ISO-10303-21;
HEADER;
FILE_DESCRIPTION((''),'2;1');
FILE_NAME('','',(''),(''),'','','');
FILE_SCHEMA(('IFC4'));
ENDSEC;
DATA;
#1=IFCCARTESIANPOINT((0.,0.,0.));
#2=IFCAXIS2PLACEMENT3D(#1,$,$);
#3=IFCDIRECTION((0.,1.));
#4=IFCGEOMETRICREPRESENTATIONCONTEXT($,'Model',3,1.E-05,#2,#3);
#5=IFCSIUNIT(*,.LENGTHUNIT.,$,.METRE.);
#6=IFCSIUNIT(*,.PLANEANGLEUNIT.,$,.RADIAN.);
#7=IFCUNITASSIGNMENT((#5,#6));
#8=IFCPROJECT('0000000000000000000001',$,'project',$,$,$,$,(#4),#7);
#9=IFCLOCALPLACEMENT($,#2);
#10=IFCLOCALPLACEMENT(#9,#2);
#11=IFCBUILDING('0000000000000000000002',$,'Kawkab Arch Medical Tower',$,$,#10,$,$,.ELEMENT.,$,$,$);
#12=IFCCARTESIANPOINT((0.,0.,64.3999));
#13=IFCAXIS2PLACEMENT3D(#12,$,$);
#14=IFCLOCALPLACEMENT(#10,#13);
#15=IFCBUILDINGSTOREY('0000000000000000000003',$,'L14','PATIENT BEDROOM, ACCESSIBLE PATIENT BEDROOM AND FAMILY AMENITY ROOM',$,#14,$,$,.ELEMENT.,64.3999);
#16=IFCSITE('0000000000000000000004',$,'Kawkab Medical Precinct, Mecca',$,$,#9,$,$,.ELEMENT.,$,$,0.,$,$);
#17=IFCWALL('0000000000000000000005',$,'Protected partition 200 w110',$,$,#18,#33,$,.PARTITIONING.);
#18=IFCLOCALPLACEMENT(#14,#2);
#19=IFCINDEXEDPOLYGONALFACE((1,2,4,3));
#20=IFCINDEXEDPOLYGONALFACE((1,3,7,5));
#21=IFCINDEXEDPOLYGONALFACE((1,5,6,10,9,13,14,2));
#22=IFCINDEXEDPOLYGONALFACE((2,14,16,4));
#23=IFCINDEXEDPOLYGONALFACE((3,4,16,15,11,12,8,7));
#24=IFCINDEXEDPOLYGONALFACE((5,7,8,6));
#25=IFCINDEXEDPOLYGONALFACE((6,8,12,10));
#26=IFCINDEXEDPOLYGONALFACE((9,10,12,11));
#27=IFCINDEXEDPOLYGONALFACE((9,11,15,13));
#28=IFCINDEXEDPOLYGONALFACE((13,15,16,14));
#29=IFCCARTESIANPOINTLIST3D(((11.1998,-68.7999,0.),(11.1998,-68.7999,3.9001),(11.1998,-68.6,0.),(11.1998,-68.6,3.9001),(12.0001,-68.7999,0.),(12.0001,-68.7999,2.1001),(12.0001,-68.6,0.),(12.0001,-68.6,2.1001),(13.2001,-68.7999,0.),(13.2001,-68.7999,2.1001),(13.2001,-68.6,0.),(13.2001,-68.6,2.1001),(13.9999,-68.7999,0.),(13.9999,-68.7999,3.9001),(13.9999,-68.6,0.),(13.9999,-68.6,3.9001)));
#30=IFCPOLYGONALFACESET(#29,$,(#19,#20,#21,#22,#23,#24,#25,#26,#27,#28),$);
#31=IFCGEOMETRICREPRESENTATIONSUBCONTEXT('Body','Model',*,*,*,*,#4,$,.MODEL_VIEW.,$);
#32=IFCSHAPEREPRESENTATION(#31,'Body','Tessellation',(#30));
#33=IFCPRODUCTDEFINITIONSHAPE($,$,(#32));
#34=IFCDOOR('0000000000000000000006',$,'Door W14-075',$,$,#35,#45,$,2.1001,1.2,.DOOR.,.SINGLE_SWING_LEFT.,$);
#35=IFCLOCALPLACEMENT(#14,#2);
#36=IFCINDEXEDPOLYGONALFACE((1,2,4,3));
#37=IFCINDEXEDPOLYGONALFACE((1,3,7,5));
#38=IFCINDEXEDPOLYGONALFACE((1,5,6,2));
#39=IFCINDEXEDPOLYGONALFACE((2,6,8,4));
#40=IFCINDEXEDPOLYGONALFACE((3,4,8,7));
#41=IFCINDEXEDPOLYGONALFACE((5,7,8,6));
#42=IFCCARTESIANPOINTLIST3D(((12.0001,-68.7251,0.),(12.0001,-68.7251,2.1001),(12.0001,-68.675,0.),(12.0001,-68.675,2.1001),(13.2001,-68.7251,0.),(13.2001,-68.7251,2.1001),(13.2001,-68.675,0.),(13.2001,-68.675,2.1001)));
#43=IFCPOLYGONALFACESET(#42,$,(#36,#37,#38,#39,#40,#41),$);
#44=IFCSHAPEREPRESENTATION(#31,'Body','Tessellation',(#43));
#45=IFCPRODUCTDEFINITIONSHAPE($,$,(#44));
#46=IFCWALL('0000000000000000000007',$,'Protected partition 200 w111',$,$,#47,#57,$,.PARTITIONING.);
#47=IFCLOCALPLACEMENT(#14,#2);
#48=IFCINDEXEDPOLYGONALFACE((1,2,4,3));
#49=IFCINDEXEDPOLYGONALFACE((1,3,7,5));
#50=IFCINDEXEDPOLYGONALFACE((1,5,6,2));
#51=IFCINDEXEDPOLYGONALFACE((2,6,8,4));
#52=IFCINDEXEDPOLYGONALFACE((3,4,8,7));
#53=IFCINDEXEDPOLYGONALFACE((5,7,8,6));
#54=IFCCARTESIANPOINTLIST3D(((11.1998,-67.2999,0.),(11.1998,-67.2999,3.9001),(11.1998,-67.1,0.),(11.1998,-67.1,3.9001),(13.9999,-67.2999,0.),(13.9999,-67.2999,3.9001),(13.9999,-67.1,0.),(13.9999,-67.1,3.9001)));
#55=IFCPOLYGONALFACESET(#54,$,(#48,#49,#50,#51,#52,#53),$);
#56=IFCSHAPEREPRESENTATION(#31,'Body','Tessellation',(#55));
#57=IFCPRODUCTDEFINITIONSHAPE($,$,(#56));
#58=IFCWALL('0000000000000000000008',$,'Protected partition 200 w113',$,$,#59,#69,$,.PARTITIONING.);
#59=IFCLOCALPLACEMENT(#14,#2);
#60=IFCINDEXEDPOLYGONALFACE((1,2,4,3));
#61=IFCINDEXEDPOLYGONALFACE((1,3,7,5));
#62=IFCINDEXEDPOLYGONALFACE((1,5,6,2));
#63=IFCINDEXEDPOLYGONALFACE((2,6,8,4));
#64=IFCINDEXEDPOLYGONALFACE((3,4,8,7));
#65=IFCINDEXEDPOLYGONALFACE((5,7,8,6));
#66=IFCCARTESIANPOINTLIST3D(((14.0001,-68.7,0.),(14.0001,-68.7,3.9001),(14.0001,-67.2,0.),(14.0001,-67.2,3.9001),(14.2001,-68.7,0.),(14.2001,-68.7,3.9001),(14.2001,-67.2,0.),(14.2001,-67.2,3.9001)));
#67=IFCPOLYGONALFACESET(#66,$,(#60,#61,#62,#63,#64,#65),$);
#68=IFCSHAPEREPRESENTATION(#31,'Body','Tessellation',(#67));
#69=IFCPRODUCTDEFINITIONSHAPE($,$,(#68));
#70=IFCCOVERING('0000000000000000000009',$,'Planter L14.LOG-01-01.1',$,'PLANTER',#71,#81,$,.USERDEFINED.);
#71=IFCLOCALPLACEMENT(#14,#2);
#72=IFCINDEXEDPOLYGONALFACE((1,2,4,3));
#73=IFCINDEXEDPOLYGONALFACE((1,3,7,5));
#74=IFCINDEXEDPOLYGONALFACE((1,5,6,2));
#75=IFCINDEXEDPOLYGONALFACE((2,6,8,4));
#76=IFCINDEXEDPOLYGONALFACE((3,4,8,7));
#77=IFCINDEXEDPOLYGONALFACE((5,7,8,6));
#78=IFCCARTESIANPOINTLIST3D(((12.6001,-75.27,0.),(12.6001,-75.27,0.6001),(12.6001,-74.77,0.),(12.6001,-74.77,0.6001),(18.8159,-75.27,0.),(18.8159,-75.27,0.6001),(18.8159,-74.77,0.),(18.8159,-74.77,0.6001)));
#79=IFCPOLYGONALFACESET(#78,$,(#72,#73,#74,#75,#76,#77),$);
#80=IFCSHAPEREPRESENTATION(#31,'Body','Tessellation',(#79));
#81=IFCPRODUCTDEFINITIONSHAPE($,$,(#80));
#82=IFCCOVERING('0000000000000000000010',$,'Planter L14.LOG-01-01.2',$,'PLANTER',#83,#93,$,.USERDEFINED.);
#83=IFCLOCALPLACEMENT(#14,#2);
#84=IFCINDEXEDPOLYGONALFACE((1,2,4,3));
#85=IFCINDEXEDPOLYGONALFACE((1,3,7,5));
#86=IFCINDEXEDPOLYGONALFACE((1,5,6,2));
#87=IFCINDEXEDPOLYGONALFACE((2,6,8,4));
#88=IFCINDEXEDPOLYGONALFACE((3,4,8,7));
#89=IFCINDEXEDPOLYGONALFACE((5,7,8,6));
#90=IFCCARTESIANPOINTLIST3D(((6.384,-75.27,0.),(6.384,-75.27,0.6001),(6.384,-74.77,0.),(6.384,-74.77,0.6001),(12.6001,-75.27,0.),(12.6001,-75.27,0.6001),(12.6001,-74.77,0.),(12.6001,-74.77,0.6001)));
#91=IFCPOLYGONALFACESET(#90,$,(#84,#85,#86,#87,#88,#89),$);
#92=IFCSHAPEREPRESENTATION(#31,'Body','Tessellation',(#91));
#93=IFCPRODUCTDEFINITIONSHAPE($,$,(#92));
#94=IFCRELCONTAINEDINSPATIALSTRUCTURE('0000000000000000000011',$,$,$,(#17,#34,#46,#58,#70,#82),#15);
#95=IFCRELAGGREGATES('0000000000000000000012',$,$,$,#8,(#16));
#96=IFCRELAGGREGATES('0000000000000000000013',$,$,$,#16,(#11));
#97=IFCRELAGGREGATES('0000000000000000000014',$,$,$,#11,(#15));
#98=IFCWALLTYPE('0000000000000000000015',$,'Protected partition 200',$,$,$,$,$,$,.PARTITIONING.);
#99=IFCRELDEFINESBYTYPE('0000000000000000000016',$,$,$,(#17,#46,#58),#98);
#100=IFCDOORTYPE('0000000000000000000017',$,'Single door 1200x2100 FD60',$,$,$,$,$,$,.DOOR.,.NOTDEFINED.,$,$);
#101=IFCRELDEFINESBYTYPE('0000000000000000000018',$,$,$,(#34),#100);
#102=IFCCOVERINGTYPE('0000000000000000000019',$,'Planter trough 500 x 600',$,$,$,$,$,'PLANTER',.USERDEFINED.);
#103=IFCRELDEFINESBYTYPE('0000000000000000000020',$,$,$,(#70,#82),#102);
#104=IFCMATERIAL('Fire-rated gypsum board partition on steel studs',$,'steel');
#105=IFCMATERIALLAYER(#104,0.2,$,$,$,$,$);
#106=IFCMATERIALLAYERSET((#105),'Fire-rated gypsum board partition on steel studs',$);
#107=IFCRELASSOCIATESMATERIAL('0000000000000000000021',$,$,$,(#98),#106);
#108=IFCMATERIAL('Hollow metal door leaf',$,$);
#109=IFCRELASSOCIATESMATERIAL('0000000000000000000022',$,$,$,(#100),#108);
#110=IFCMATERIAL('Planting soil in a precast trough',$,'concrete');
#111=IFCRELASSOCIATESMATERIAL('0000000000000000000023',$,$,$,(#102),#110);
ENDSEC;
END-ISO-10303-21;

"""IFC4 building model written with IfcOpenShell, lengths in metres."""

from ifc_helpers import new_model, si_unit, direction, frame, frame_2d, origin, origin_2d, place, context, subcontext, project, spatial, rectangle, extrude, material, layer, layer_set, material_profile, profile_set, type_object, element, fill, save


model = new_model("IFC4")

# Units and contexts
model_context = context("Model", 3, precision=1e-05, world=origin(), true_north=direction((0.0, 1.0)))
body_context = subcontext(model_context, "Body", "Model", "MODEL_VIEW")
ifc_project = project(units=[si_unit("LENGTHUNIT", "METRE"), si_unit("PLANEANGLEUNIT", "RADIAN")], contexts=[model_context])

# Site, building, storey
site_placement = place(None, origin())
site = spatial("IfcSite", under=ifc_project, at=site_placement, Name="Kawkab Medical Precinct, Mecca", CompositionType="ELEMENT", RefElevation=0.0)
building_placement = place(site_placement, origin())
building = spatial("IfcBuilding", under=site, at=building_placement, Name="Kawkab Arch Medical Tower", CompositionType="ELEMENT")
storey_placement = place(building_placement, frame((0.0, 0.0, 64.3999)))
storey = spatial("IfcBuildingStorey", under=building, at=storey_placement, Name="L14", Description="PATIENT BEDROOM, ACCESSIBLE PATIENT BEDROOM AND FAMILY AMENITY ROOM", CompositionType="ELEMENT", Elevation=64.3999)

# Wall, opening, door
ifc_material_1 = material(Name="Fire-rated gypsum board partition on steel studs", Category="steel")
ifc_layer_1 = layer(ifc_material_1, 0.2)
ifc_layer_set_1 = layer_set([ifc_layer_1], Name="Fire-rated gypsum board partition on steel studs")
wall_type_1 = type_object("IfcWallType", Name="Protected partition 200", PredefinedType="PARTITIONING", material=ifc_layer_set_1)
wall_1_placement = place(storey_placement, frame((11.2, -68.7, 0.0), z_axis=(0.0, 0.0, 1.0), x_axis=(1.0, 0.0, 0.0)))
wall_1 = element("IfcWall", 1, at=wall_1_placement, inside=storey, type_object=wall_type_1, Name="Protected partition 200 w110", PredefinedType="PARTITIONING", context=body_context, shape_type="SweptSolid", body=[
    extrude(rectangle(XDim=2.8, YDim=0.2, at=frame_2d((1.3999, 0.0))), origin(), (0.0, 0.0, 1.0), 3.9001),
])
opening_1_placement = place(wall_1_placement, frame((0.8, 0.0, 0.0)))
opening_1 = element("IfcOpeningElement", 2, at=opening_1_placement, cuts=wall_1, PredefinedType="OPENING", context=body_context, shape_type="SweptSolid", body=[
    extrude(rectangle(XDim=1.2, YDim=2.1001, at=frame_2d((0.6001, 1.05))), frame((0.0, 0.1099, 0.0), z_axis=(0.0, -1.0, 0.0), x_axis=(1.0, 0.0, 0.0)), (0.0, 0.0, 1.0), 0.22),
])
ifc_material_2 = material(Name="Hollow metal door leaf")
door_type_1 = type_object("IfcDoorType", Name="Single door 1200x2100 FD60", OperationType="NOTDEFINED", PredefinedType="DOOR", material=ifc_material_2)
door_1_placement = place(opening_1_placement, origin())
door_1 = element("IfcDoor", 3, at=door_1_placement, inside=storey, type_object=door_type_1, Name="Door W14-075", OperationType="SINGLE_SWING_LEFT", OverallHeight=2.1001, OverallWidth=1.2, PredefinedType="DOOR", context=body_context, shape_type="SweptSolid", body=[
    extrude(rectangle(XDim=1.2, YDim=2.1001, at=frame_2d((0.6001, 1.05))), frame((0.0, 0.0249, 0.0), z_axis=(0.0, -1.0, 0.0), x_axis=(1.0, 0.0, 0.0)), (0.0, 0.0, 1.0), 0.05),
])
fill(opening_1, door_1)

# Walls
wall_2_placement = place(storey_placement, frame((11.2, -67.2, 0.0), z_axis=(0.0, 0.0, 1.0), x_axis=(1.0, 0.0, 0.0)))
element("IfcWall", 4, at=wall_2_placement, inside=storey, type_object=wall_type_1, Name="Protected partition 200 w111", PredefinedType="PARTITIONING", context=body_context, shape_type="SweptSolid", body=[
    extrude(rectangle(XDim=2.8, YDim=0.2, at=frame_2d((1.3999, 0.0))), origin(), (0.0, 0.0, 1.0), 3.9001),
])
wall_3_placement = place(storey_placement, frame((14.1001, -68.7, 0.0), z_axis=(0.0, 0.0, 1.0), x_axis=(0.0, 1.0, 0.0)))
element("IfcWall", 5, at=wall_3_placement, inside=storey, type_object=wall_type_1, Name="Protected partition 200 w113", PredefinedType="PARTITIONING", context=body_context, shape_type="SweptSolid", body=[
    extrude(rectangle(XDim=1.5, YDim=0.2, at=frame_2d((0.75, 0.0))), origin(), (0.0, 0.0, 1.0), 3.9001),
])

# Coverings
ifc_material_3 = material(Name="Planting soil in a precast trough", Category="concrete")
ifc_material_profile_1 = material_profile(ifc_material_3, rectangle(XDim=0.5, YDim=0.6001, at=origin_2d()), Name="Trough 500x600")
ifc_profile_set_1 = profile_set([ifc_material_profile_1], Name="Planting soil in a precast trough")
covering_type = type_object("IfcCoveringType", Name="Planter trough 500 x 600", ElementType="PLANTER", PredefinedType="USERDEFINED", material=ifc_profile_set_1)
covering_1_placement = place(storey_placement, frame((18.8159, -75.02, 0.3), z_axis=(-1.0, 0.0, 0.0), x_axis=(0.0, -1.0, 0.0)))
element("IfcCovering", 6, at=covering_1_placement, inside=storey, type_object=covering_type, Name="Planter L14.LOG-01-01.1", ObjectType="PLANTER", PredefinedType="USERDEFINED", context=body_context, shape_type="SweptSolid", body=[
    extrude(rectangle(XDim=0.5, YDim=0.6001, at=origin_2d()), origin(), (0.0, 0.0, 1.0), 6.2158),
])
covering_2_placement = place(storey_placement, frame((12.6001, -75.02, 0.3), z_axis=(-1.0, 0.0, 0.0), x_axis=(0.0, -1.0, 0.0)))
element("IfcCovering", 7, at=covering_2_placement, inside=storey, type_object=covering_type, Name="Planter L14.LOG-01-01.2", ObjectType="PLANTER", PredefinedType="USERDEFINED", context=body_context, shape_type="SweptSolid", body=[
    extrude(rectangle(XDim=0.5, YDim=0.6001, at=origin_2d()), origin(), (0.0, 0.0, 1.0), 6.2161),
])

save(model, "model.ifc")
